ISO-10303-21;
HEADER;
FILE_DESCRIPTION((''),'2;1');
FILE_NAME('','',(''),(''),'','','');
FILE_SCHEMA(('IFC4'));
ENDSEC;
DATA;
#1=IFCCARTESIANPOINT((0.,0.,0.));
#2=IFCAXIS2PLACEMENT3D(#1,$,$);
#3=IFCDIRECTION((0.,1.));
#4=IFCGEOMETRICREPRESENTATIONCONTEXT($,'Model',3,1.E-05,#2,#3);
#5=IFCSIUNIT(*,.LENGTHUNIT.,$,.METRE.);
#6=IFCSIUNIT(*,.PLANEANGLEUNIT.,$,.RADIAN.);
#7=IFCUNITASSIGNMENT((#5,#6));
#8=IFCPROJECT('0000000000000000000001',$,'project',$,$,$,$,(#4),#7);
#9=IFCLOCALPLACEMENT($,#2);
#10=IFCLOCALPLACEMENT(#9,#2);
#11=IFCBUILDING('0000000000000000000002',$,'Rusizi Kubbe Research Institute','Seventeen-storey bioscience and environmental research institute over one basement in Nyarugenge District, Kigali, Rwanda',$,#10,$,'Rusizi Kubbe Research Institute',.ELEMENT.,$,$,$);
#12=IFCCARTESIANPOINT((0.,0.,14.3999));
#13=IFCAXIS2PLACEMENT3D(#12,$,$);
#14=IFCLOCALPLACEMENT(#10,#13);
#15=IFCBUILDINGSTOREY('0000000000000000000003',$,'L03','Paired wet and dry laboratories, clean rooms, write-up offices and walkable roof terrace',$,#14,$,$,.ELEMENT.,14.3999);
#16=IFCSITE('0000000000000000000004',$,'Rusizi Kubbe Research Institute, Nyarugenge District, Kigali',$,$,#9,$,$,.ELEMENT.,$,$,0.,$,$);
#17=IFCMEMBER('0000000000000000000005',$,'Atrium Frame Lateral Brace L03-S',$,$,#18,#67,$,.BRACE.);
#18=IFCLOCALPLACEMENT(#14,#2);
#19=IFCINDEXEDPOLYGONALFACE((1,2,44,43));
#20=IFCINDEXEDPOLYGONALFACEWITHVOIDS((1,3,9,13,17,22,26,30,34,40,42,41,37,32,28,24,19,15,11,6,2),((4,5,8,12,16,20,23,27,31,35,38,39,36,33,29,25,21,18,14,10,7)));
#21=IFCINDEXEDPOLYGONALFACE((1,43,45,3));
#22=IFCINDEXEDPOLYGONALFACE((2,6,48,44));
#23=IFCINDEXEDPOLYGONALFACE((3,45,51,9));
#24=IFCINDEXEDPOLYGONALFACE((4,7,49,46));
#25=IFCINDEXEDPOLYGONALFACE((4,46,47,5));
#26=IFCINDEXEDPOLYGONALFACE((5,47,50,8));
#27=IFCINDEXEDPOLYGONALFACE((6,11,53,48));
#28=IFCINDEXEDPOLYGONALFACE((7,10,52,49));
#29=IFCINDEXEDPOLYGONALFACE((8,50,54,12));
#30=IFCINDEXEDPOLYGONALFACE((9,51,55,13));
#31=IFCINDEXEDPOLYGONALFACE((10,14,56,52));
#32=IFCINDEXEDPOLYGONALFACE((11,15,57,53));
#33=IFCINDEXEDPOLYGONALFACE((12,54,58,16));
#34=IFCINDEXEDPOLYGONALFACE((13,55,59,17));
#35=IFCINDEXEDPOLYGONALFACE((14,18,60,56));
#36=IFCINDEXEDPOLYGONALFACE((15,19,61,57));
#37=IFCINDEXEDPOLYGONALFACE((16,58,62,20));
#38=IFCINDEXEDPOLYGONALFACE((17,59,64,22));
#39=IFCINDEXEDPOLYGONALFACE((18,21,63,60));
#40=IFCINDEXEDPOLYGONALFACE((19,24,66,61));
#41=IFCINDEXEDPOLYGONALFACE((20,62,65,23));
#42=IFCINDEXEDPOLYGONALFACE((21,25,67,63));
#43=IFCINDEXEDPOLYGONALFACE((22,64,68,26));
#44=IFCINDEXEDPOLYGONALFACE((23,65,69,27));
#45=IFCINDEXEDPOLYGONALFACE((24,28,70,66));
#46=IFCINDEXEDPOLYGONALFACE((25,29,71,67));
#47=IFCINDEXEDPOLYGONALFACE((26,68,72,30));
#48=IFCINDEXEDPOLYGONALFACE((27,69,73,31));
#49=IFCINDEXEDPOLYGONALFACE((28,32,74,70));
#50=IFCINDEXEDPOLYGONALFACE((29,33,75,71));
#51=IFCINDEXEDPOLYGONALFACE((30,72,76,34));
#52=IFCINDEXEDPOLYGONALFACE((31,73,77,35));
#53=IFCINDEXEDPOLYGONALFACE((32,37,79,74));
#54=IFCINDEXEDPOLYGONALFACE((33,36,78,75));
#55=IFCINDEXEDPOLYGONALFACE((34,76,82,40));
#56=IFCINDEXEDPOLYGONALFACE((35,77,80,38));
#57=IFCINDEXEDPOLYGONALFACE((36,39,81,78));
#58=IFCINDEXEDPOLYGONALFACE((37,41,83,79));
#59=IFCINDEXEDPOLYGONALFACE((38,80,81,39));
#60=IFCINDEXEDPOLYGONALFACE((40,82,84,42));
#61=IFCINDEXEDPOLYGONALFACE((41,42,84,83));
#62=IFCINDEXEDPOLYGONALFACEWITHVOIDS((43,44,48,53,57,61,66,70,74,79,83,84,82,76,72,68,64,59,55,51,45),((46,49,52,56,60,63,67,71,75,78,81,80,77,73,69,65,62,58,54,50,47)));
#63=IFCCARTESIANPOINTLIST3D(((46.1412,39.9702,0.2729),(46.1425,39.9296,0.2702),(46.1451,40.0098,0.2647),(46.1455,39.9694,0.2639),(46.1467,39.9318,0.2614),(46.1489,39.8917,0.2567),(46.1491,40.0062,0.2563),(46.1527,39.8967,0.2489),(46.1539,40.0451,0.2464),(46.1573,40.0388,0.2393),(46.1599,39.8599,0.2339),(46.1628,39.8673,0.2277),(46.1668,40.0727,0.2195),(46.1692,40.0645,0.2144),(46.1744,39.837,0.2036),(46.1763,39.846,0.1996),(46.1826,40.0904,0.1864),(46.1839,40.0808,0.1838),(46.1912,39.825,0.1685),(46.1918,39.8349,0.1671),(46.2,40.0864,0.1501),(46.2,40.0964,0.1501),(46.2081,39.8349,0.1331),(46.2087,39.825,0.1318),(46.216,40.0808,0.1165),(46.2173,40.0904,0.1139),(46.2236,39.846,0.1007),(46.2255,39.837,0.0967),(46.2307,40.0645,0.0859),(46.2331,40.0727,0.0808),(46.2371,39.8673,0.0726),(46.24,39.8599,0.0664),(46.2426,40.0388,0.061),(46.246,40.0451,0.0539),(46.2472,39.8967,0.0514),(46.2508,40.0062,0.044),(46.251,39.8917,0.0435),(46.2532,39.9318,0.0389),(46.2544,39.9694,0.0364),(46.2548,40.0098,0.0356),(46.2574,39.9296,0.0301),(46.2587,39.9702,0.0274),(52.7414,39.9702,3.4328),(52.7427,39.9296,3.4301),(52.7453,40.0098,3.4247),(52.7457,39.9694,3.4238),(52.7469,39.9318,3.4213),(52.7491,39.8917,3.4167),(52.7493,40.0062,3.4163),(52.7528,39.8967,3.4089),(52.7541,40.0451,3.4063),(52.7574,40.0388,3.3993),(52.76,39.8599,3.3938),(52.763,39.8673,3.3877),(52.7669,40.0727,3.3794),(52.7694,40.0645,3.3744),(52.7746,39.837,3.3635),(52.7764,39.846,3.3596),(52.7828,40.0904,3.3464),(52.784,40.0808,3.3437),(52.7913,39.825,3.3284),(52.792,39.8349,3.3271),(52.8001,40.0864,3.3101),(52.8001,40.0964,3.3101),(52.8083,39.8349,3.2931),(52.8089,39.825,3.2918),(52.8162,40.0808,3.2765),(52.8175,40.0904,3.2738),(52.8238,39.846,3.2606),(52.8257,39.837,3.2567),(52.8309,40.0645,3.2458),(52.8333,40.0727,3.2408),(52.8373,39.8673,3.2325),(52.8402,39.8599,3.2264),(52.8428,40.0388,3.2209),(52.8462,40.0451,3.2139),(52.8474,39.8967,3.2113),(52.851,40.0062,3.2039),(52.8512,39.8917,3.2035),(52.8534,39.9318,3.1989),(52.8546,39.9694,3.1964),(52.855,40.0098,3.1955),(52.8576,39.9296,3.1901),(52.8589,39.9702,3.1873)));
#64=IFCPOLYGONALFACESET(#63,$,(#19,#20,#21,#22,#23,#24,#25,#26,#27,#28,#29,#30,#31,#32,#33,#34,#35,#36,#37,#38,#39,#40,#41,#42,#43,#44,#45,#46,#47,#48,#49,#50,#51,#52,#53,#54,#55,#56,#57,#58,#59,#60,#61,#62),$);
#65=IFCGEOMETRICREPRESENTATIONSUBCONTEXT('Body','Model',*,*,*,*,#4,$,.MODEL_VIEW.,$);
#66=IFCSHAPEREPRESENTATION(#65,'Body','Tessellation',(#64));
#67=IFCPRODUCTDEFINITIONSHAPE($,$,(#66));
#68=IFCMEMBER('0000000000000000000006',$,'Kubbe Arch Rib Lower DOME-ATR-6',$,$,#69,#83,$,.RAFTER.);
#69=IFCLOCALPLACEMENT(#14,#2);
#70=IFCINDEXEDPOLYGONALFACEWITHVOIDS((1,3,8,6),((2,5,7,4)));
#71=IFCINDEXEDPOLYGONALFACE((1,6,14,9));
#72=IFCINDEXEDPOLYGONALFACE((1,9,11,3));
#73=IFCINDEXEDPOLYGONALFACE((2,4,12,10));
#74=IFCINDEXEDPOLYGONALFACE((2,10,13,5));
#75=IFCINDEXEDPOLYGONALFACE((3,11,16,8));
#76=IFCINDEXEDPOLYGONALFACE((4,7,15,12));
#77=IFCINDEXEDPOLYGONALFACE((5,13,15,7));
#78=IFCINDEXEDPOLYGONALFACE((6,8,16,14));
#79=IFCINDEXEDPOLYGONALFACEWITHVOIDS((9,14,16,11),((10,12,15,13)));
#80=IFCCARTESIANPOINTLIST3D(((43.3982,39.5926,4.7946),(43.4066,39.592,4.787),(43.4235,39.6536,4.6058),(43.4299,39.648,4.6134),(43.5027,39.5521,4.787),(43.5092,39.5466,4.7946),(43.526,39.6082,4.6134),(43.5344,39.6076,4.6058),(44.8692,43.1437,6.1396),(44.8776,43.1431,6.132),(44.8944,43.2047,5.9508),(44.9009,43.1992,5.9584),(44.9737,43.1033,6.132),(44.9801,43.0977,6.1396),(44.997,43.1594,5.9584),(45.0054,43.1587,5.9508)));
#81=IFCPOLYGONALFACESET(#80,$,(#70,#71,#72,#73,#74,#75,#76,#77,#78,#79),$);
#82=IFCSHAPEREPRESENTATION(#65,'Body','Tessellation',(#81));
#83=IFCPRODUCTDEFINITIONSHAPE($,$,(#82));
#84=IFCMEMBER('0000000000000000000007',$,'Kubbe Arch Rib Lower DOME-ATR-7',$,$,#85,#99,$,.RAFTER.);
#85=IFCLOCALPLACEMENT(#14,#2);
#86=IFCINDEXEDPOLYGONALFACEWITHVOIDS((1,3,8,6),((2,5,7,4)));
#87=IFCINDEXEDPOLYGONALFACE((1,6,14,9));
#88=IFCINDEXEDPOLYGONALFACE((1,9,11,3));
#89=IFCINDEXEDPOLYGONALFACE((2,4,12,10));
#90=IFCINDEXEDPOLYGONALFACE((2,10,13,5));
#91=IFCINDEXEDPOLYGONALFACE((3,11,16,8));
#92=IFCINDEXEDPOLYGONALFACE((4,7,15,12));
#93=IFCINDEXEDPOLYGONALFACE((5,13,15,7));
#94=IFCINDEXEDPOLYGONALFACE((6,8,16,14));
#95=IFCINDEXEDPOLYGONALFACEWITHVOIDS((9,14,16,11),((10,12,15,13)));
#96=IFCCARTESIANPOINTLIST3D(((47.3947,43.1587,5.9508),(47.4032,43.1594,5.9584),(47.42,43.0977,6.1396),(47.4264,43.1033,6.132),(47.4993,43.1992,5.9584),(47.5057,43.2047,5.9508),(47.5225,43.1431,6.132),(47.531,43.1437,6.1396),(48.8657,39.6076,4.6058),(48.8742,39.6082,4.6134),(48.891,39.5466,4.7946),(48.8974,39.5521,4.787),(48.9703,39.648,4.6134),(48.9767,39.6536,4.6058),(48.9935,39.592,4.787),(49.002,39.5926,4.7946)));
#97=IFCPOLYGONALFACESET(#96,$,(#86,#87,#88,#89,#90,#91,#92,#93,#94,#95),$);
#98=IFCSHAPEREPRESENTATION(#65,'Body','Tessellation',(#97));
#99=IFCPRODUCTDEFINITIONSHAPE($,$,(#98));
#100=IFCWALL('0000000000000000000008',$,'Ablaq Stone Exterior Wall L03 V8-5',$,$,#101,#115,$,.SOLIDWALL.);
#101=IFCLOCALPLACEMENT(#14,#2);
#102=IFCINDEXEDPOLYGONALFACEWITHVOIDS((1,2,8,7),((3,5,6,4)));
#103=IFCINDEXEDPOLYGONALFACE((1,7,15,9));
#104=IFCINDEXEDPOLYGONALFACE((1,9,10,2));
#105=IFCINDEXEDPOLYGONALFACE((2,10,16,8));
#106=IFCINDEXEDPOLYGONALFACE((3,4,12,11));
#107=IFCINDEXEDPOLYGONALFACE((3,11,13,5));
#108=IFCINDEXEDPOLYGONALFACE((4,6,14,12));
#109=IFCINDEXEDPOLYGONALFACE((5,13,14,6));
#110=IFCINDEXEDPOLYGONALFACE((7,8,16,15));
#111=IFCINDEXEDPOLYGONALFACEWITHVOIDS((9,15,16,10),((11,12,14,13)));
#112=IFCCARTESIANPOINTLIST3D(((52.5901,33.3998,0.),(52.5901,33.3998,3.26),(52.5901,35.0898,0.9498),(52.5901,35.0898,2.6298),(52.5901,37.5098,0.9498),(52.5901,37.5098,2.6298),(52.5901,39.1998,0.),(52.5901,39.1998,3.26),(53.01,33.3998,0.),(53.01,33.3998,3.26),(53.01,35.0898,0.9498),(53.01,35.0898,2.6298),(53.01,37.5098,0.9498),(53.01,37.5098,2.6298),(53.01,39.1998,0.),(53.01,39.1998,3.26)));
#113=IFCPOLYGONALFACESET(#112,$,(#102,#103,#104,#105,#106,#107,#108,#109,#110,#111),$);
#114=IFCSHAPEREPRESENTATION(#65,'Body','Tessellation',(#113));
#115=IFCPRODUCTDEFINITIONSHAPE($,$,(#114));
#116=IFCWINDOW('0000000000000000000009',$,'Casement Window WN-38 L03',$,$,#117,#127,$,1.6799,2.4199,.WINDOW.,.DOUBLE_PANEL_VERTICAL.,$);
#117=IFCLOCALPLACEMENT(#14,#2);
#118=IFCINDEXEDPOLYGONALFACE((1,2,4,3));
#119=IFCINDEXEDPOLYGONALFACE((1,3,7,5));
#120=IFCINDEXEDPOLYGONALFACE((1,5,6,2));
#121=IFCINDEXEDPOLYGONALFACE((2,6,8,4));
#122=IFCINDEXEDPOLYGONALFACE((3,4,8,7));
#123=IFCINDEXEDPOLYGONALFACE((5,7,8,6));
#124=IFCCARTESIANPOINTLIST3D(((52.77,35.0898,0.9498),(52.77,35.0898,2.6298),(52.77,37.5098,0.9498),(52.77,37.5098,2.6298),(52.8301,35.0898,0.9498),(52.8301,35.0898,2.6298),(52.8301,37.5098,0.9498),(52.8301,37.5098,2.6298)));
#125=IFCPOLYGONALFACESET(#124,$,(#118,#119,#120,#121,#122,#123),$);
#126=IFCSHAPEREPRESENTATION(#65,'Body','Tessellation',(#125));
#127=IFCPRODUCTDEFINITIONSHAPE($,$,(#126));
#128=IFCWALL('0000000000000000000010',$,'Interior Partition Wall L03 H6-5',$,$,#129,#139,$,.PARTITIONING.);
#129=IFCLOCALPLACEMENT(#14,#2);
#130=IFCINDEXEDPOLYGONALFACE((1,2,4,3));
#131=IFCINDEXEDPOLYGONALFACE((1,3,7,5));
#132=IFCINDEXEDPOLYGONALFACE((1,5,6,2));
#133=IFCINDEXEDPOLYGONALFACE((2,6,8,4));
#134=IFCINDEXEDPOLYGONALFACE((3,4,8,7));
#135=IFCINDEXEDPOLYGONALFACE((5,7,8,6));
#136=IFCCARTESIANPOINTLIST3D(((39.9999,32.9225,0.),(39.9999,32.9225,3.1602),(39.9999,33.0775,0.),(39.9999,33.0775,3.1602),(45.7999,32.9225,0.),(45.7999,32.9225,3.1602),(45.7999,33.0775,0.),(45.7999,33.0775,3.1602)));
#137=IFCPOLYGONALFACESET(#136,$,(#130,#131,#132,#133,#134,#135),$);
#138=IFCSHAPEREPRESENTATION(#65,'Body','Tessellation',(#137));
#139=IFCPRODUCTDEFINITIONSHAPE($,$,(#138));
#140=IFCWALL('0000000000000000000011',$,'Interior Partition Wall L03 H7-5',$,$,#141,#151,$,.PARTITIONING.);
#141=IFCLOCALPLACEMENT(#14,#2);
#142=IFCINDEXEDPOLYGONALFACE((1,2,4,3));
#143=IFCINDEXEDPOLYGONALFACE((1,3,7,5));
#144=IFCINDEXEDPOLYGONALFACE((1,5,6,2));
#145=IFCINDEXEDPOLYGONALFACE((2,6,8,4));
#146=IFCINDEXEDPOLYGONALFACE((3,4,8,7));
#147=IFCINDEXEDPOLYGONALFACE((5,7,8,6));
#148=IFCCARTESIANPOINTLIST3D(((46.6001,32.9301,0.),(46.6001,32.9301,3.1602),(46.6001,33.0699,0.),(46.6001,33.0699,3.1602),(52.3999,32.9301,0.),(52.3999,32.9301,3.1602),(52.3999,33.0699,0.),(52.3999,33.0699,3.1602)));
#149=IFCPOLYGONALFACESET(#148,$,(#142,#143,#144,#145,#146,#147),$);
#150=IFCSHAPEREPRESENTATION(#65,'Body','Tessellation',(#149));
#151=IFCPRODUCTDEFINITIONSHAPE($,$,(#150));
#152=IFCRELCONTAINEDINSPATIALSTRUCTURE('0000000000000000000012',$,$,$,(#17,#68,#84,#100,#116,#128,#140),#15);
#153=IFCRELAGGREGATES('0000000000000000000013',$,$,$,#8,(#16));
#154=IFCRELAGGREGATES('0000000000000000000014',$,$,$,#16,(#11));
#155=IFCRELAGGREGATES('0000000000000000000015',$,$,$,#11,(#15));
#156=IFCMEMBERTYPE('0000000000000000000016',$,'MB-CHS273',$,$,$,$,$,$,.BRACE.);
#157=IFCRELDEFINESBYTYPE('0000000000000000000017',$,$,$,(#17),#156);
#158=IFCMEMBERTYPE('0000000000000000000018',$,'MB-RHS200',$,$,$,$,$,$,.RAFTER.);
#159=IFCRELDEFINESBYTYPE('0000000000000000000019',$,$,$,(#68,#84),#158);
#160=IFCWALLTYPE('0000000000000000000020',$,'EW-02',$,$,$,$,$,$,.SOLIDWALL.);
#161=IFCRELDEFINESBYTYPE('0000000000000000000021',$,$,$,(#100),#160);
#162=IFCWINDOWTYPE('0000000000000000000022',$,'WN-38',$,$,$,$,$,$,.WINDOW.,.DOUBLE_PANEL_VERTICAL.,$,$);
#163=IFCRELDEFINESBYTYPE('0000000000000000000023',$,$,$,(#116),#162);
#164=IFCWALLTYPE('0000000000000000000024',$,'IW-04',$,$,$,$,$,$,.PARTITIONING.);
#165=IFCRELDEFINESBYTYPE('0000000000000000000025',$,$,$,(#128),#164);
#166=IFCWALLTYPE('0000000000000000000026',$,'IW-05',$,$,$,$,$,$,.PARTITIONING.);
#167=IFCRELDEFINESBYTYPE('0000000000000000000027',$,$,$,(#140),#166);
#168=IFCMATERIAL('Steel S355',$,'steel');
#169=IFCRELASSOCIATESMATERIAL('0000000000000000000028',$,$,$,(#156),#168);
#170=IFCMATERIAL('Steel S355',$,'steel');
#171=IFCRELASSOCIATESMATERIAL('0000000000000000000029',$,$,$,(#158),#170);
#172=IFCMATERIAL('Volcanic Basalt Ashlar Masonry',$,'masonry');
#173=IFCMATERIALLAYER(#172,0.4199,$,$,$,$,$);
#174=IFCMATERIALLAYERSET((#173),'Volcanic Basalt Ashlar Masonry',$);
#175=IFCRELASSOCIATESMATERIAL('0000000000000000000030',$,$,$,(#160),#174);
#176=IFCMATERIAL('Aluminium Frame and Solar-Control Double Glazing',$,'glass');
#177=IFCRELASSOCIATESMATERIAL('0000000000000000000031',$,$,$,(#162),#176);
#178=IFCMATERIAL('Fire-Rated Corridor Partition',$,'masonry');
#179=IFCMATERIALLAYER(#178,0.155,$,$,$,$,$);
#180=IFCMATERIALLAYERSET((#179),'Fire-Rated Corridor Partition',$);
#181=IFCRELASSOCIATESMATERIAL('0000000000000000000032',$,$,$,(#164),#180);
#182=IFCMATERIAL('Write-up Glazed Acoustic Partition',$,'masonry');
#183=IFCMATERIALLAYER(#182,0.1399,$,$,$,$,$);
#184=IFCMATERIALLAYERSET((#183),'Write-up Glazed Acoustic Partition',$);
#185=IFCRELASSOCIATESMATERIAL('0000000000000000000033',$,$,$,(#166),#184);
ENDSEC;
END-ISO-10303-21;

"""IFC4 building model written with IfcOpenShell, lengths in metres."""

from ifc_helpers import new_model, si_unit, direction, frame, frame_2d, origin, origin_2d, place, context, subcontext, project, spatial, rectangle, hollow_rectangle, hollow_circle, extrude, material, layer, layer_set, material_profile, profile_set, type_object, element, fill, save


model = new_model("IFC4")

# Units and contexts
model_context = context("Model", 3, precision=1e-05, world=origin(), true_north=direction((0.0, 1.0)))
body_context = subcontext(model_context, "Body", "Model", "MODEL_VIEW")
ifc_project = project(units=[si_unit("LENGTHUNIT", "METRE"), si_unit("PLANEANGLEUNIT", "RADIAN")], contexts=[model_context])

# Site, building, storey
site_placement = place(None, origin())
site = spatial("IfcSite", under=ifc_project, at=site_placement, Name="Rusizi Kubbe Research Institute, Nyarugenge District, Kigali", CompositionType="ELEMENT", RefElevation=0.0)
building_placement = place(site_placement, origin())
building = spatial("IfcBuilding", under=site, at=building_placement, Name="Rusizi Kubbe Research Institute", Description="Seventeen-storey bioscience and environmental research institute over one basement in Nyarugenge District, Kigali, Rwanda", LongName="Rusizi Kubbe Research Institute", CompositionType="ELEMENT")
storey_placement = place(building_placement, frame((0.0, 0.0, 14.3999)))
storey = spatial("IfcBuildingStorey", under=building, at=storey_placement, Name="L03", Description="Paired wet and dry laboratories, clean rooms, write-up offices and walkable roof terrace", CompositionType="ELEMENT", Elevation=14.3999)

# Members
ifc_material_1 = material(Name="Steel S355", Category="steel")
ifc_material_profile_1 = material_profile(ifc_material_1, hollow_circle(Radius=0.1365, WallThickness=0.01, at=origin_2d()), Name="CHS 273.0x10.0")
ifc_profile_set_1 = profile_set([ifc_material_profile_1], Name="Steel S355")
member_type_1 = type_object("IfcMemberType", Name="MB-CHS273", PredefinedType="BRACE", material=ifc_profile_set_1)
member_1_placement = place(storey_placement, frame((46.2, 39.96, 0.1501), z_axis=(0.901956, 0.0, 0.431827), x_axis=(0.0, 1.0, 0.0)))
element("IfcMember", 1, at=member_1_placement, inside=storey, type_object=member_type_1, Name="Atrium Frame Lateral Brace L03-S", PredefinedType="BRACE", context=body_context, shape_type="SweptSolid", body=[
    extrude(hollow_circle(Radius=0.1365, WallThickness=0.01, at=origin_2d()), origin(), (0.0, 0.0, 1.0), 7.3176),
])
ifc_material_2 = material(Name="Steel S355", Category="steel")
ifc_material_profile_2 = material_profile(ifc_material_2, hollow_rectangle(XDim=0.1201, YDim=0.2, WallThickness=0.0081, at=origin_2d()), Name="RHS 200x120x8.0")
ifc_profile_set_2 = profile_set([ifc_material_profile_2], Name="Steel S355")
member_type_2 = type_object("IfcMemberType", Name="MB-RHS200", PredefinedType="RAFTER", material=ifc_profile_set_2)
for number, where, z_axis, x_axis, name in (
    (2, (43.4663, 39.6001, 4.7002), (0.361221, 0.872027, 0.330285), (-0.923874, 0.382698, 0.0), "Kubbe Arch Rib Lower DOME-ATR-6"),
    (3, (48.9338, 39.6001, 4.7002), (-0.361221, 0.872027, 0.330285), (-0.923874, -0.382698, 0.0), "Kubbe Arch Rib Lower DOME-ATR-7"),
):
    element("IfcMember", number, at=place(storey_placement, frame(where, z_axis=z_axis, x_axis=x_axis)), inside=storey, type_object=member_type_2, Name=name, PredefinedType="RAFTER", context=body_context, shape_type="SweptSolid", body=[
        extrude(hollow_rectangle(XDim=0.1201, YDim=0.2, WallThickness=0.0081, at=origin_2d()), origin(), (0.0, 0.0, 1.0), 4.0723),
    ])

# Wall, opening, window
ifc_material_3 = material(Name="Volcanic Basalt Ashlar Masonry", Category="masonry")
ifc_layer_1 = layer(ifc_material_3, 0.4199)
ifc_layer_set_1 = layer_set([ifc_layer_1], Name="Volcanic Basalt Ashlar Masonry")
wall_type_1 = type_object("IfcWallType", Name="EW-02", PredefinedType="SOLIDWALL", material=ifc_layer_set_1)
wall_1_placement = place(storey_placement, frame((52.8, 33.3999, 0.0), z_axis=(0.0, 0.0, 1.0), x_axis=(0.0, 1.0, 0.0)))
wall_1 = element("IfcWall", 4, at=wall_1_placement, inside=storey, type_object=wall_type_1, Name="Ablaq Stone Exterior Wall L03 V8-5", PredefinedType="SOLIDWALL", context=body_context, shape_type="SweptSolid", body=[
    extrude(rectangle(XDim=5.8, YDim=0.4199, at=frame_2d((2.8999, 0.0))), origin(), (0.0, 0.0, 1.0), 3.26),
])
opening_1_placement = place(wall_1_placement, frame((1.6899, 0.0, 0.95)))
opening_1 = element("IfcOpeningElement", 5, at=opening_1_placement, cuts=wall_1, PredefinedType="OPENING", context=body_context, shape_type="SweptSolid", body=[
    extrude(rectangle(XDim=2.4199, YDim=1.6799, at=frame_2d((1.21, 0.8398))), frame((0.0, 0.22, 0.0), z_axis=(0.0, -1.0, 0.0), x_axis=(1.0, 0.0, 0.0)), (0.0, 0.0, 1.0), 0.4399),
])
ifc_material_4 = material(Name="Aluminium Frame and Solar-Control Double Glazing", Category="glass")
window_type = type_object("IfcWindowType", Name="WN-38", PartitioningType="DOUBLE_PANEL_VERTICAL", PredefinedType="WINDOW", material=ifc_material_4)
window_placement = place(opening_1_placement, origin())
window = element("IfcWindow", 6, at=window_placement, inside=storey, type_object=window_type, Name="Casement Window WN-38 L03", OverallHeight=1.6799, OverallWidth=2.4199, PartitioningType="DOUBLE_PANEL_VERTICAL", PredefinedType="WINDOW", context=body_context, shape_type="SweptSolid", body=[
    extrude(rectangle(XDim=2.4199, YDim=1.6799, at=frame_2d((1.21, 0.8398))), frame((0.0, 0.03, 0.0), z_axis=(0.0, -1.0, 0.0), x_axis=(1.0, 0.0, 0.0)), (0.0, 0.0, 1.0), 0.0601),
])
fill(opening_1, window)

# Walls
ifc_material_5 = material(Name="Fire-Rated Corridor Partition", Category="masonry")
ifc_layer_2 = layer(ifc_material_5, 0.155)
ifc_layer_set_2 = layer_set([ifc_layer_2], Name="Fire-Rated Corridor Partition")
wall_type_2 = type_object("IfcWallType", Name="IW-04", PredefinedType="PARTITIONING", material=ifc_layer_set_2)
wall_2_placement = place(storey_placement, frame((40.0, 33.0, 0.0), z_axis=(0.0, 0.0, 1.0), x_axis=(1.0, 0.0, 0.0)))
element("IfcWall", 7, at=wall_2_placement, inside=storey, type_object=wall_type_2, Name="Interior Partition Wall L03 H6-5", PredefinedType="PARTITIONING", context=body_context, shape_type="SweptSolid", body=[
    extrude(rectangle(XDim=5.8, YDim=0.155, at=frame_2d((2.8999, 0.0))), origin(), (0.0, 0.0, 1.0), 3.1602),
])
ifc_material_6 = material(Name="Write-up Glazed Acoustic Partition", Category="masonry")
ifc_layer_3 = layer(ifc_material_6, 0.1399)
ifc_layer_set_3 = layer_set([ifc_layer_3], Name="Write-up Glazed Acoustic Partition")
wall_type_3 = type_object("IfcWallType", Name="IW-05", PredefinedType="PARTITIONING", material=ifc_layer_set_3)
wall_3_placement = place(storey_placement, frame((46.6001, 33.0, 0.0), z_axis=(0.0, 0.0, 1.0), x_axis=(1.0, 0.0, 0.0)))
element("IfcWall", 8, at=wall_3_placement, inside=storey, type_object=wall_type_3, Name="Interior Partition Wall L03 H7-5", PredefinedType="PARTITIONING", context=body_context, shape_type="SweptSolid", body=[
    extrude(rectangle(XDim=5.7998, YDim=0.1399, at=frame_2d((2.8999, 0.0))), origin(), (0.0, 0.0, 1.0), 3.1602),
])

save(model, "model.ifc")
